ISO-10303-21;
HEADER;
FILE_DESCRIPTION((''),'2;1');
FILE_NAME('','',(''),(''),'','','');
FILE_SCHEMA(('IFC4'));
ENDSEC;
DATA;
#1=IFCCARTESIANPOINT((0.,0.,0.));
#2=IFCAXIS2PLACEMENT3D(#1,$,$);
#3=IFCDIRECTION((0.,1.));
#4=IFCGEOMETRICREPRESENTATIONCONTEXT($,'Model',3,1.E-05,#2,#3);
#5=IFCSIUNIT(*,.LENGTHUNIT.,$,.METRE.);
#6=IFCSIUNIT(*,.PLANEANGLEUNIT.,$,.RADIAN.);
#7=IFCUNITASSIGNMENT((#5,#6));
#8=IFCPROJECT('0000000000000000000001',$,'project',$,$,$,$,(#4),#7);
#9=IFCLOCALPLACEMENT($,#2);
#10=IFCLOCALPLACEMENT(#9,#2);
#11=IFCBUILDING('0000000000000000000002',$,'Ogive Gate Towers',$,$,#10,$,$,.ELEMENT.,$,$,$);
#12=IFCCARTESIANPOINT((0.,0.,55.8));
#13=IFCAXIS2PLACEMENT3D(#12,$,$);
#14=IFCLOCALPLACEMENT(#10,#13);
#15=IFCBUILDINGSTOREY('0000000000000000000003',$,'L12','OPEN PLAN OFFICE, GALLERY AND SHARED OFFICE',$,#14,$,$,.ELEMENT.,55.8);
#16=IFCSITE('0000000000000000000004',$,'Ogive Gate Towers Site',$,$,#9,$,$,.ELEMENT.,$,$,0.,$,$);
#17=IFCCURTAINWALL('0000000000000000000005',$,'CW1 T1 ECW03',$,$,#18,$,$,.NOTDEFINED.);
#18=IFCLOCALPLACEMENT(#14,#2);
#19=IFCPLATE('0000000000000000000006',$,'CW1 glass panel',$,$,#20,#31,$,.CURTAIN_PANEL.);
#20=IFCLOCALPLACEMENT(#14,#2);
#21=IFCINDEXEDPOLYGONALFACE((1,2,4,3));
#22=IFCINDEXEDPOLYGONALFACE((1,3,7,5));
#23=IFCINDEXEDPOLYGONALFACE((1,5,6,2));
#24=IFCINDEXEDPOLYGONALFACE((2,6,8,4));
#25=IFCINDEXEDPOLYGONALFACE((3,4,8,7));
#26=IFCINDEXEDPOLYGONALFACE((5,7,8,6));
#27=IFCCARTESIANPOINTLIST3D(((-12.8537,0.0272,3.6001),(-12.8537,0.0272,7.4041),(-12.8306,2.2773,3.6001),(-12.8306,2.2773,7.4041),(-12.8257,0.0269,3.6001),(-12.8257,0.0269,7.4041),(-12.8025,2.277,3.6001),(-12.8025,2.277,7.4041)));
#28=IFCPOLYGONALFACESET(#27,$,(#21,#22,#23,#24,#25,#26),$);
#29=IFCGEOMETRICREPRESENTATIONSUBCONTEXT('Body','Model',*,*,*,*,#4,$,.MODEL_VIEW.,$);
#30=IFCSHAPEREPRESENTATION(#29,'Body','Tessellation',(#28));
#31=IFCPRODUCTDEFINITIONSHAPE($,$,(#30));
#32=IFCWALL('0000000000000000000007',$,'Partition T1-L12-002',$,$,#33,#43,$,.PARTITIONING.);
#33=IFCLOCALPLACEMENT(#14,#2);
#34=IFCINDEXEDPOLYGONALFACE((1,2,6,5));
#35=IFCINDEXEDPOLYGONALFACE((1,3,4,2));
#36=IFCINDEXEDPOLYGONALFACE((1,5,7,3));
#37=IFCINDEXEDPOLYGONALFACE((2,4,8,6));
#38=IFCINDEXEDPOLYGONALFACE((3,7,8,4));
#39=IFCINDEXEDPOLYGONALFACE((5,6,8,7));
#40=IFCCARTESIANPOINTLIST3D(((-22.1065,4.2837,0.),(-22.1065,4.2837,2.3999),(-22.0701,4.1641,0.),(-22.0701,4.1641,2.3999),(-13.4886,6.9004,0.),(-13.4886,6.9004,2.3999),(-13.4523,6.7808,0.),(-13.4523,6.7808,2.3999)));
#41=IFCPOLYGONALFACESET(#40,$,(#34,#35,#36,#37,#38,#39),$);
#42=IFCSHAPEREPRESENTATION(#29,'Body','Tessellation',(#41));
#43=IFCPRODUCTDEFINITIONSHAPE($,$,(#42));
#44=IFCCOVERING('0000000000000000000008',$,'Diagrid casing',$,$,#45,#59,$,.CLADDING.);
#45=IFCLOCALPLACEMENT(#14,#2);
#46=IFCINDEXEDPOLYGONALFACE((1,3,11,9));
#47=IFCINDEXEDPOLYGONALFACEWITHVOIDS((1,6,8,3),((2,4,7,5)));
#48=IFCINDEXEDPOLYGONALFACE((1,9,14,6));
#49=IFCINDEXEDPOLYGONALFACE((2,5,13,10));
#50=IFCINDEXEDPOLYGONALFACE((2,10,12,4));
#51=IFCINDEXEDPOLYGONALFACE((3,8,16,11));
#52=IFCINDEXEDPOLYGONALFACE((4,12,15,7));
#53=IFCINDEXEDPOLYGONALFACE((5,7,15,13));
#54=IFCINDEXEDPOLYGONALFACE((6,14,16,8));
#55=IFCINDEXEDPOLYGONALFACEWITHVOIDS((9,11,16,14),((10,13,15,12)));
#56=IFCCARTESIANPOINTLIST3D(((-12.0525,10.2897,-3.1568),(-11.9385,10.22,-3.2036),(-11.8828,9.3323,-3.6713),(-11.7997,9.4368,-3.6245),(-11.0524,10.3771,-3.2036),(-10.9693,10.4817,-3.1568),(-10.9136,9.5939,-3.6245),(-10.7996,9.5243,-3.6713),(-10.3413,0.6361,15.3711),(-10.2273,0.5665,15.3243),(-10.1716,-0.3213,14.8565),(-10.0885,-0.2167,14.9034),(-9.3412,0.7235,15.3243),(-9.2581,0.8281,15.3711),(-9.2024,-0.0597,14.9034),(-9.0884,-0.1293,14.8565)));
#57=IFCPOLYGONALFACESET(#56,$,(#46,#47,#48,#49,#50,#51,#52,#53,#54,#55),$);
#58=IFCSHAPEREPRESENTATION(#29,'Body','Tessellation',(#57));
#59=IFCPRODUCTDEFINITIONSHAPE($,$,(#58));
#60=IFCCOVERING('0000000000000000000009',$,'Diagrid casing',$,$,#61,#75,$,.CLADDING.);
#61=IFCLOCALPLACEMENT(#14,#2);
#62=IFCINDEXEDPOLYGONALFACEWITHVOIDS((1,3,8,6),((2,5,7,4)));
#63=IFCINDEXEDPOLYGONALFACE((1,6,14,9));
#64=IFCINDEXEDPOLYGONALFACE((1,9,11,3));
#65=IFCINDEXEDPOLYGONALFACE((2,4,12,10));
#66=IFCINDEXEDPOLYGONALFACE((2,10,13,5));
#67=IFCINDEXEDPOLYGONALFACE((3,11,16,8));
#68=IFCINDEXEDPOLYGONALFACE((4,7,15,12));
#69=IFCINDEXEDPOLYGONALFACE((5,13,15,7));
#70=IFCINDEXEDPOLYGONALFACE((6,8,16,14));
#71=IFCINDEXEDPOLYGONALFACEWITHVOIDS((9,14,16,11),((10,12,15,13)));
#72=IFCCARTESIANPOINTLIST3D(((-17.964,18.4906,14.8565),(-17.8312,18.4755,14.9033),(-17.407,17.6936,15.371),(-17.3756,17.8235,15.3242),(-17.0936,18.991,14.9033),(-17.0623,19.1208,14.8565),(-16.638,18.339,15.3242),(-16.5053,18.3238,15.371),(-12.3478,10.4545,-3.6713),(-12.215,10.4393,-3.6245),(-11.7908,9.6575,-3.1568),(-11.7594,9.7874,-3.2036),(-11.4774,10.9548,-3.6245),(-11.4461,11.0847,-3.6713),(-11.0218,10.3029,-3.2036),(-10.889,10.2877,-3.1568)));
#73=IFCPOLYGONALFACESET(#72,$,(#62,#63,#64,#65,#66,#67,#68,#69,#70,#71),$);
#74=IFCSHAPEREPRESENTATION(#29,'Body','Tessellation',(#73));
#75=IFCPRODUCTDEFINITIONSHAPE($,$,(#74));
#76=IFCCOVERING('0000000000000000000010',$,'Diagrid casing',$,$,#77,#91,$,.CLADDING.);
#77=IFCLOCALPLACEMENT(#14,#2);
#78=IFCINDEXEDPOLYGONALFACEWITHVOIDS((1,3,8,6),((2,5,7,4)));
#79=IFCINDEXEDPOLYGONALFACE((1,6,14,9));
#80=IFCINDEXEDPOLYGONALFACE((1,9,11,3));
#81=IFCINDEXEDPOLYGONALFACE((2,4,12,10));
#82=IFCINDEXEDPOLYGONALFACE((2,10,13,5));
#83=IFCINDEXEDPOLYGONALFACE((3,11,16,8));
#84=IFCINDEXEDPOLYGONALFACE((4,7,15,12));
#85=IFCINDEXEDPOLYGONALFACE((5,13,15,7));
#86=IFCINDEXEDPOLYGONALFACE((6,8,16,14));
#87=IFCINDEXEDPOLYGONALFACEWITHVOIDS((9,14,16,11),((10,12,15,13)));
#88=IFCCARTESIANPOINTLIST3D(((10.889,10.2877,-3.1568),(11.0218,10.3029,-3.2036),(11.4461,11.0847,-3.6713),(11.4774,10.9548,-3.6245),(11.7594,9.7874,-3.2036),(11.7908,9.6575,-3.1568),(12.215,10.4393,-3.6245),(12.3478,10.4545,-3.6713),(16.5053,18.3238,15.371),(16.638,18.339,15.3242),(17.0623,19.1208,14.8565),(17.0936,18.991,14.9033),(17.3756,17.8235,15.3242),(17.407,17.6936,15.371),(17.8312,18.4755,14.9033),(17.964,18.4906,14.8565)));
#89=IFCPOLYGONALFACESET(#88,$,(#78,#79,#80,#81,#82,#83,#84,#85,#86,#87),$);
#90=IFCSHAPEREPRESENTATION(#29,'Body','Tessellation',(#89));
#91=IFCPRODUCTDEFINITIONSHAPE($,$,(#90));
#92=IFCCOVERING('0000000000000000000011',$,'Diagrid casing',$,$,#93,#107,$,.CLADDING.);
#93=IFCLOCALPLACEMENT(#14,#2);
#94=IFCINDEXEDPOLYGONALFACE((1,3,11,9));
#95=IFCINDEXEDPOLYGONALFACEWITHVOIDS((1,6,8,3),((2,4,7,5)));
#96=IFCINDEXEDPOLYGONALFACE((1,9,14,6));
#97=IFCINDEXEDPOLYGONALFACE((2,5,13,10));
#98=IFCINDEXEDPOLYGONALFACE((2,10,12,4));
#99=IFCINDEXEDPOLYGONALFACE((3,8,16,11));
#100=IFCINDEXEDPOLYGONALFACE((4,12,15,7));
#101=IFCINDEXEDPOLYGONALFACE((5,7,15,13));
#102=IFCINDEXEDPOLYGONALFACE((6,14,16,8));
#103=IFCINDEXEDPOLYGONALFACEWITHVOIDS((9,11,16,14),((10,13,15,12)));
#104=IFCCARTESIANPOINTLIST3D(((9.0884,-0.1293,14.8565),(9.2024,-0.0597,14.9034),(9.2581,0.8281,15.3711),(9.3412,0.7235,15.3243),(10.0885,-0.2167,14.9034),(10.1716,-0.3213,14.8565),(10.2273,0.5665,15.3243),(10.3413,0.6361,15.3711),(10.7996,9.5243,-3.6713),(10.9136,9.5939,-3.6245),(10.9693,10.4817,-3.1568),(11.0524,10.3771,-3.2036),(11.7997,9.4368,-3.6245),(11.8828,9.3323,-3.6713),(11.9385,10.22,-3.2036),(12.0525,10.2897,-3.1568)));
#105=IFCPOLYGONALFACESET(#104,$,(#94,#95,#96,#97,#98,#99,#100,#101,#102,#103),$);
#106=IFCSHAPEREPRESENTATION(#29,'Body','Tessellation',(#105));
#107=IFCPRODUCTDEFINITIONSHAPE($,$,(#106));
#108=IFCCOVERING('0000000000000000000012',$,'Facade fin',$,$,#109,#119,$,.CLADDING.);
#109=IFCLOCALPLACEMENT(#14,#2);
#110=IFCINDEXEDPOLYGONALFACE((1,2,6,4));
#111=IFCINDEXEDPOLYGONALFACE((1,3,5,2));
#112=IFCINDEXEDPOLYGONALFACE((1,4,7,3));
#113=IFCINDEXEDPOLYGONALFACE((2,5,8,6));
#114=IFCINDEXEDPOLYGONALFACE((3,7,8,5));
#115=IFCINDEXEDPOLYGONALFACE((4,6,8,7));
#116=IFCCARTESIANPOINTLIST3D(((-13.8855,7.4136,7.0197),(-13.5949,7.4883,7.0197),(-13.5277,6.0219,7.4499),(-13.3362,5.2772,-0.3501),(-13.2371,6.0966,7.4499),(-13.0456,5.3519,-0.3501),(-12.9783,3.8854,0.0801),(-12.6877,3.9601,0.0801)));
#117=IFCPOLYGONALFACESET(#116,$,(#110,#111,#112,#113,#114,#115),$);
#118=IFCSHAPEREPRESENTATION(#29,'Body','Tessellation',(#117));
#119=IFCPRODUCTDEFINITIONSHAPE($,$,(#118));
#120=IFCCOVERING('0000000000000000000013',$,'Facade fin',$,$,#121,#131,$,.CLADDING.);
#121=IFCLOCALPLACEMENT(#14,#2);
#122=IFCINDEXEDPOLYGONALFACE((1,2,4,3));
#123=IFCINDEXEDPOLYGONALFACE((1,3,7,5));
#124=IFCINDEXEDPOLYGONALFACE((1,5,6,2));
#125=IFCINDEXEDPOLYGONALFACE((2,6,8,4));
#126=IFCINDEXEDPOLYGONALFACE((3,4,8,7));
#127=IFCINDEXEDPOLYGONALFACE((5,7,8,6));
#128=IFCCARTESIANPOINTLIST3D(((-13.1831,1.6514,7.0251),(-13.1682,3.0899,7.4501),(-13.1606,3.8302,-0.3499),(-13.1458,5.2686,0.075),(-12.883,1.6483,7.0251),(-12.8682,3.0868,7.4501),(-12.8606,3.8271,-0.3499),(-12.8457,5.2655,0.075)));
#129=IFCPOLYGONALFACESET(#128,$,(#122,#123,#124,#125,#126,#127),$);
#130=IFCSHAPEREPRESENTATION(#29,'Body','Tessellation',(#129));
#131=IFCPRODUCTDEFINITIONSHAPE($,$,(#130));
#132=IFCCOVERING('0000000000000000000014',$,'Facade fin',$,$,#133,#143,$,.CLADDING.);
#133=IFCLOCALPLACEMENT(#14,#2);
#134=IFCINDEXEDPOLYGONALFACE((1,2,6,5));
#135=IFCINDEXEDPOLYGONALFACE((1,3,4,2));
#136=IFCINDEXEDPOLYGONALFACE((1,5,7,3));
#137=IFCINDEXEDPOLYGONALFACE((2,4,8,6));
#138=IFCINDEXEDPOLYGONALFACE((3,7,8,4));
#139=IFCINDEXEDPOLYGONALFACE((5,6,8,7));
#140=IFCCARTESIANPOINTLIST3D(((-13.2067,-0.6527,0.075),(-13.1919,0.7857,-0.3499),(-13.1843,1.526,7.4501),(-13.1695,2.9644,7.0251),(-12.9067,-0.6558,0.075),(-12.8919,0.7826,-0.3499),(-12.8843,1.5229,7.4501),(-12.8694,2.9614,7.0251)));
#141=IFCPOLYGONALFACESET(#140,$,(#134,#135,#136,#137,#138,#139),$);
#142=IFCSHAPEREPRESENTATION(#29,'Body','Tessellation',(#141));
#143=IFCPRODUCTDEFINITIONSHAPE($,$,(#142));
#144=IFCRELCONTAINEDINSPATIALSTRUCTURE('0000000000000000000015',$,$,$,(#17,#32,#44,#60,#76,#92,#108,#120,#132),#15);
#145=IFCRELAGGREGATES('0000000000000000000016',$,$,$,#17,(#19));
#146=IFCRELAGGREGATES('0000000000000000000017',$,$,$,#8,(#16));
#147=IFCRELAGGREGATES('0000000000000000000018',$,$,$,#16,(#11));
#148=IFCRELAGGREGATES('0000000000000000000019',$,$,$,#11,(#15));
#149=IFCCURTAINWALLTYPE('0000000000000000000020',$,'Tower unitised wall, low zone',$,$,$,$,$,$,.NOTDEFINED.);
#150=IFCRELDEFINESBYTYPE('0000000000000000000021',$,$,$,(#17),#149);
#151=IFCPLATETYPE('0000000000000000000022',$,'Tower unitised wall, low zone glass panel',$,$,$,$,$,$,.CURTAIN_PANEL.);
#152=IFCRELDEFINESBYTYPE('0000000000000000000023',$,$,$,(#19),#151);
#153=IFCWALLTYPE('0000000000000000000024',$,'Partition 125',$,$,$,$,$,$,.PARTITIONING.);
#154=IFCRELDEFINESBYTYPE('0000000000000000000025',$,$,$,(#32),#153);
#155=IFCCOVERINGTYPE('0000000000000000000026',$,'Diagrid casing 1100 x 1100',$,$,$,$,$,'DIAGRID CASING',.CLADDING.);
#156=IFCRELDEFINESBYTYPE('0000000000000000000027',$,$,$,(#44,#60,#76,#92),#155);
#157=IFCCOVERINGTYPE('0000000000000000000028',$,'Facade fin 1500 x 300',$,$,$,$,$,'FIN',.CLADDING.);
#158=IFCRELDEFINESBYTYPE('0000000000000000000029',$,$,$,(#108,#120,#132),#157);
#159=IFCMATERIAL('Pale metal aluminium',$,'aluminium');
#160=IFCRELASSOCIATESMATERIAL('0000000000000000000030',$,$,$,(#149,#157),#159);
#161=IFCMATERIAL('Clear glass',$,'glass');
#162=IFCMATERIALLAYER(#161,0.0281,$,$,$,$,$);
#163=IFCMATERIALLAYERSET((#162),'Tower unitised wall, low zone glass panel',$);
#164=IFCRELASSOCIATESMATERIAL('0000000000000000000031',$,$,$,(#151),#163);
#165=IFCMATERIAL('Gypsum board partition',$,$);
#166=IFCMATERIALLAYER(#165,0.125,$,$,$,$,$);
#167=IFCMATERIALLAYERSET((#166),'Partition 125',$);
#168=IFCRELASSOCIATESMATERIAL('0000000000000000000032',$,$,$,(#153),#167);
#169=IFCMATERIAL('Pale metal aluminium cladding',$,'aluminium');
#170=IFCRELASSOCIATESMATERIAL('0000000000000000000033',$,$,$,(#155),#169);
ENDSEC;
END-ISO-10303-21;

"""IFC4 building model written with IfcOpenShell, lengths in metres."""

from ifc_helpers import new_model, si_unit, direction, frame, frame_2d, origin, origin_2d, place, context, subcontext, project, spatial, rectangle, hollow_rectangle, extrude, material, layer, layer_set, material_profile, profile_set, type_object, element, aggregate, save


model = new_model("IFC4")

# Units and contexts
model_context = context("Model", 3, precision=1e-05, world=origin(), true_north=direction((0.0, 1.0)))
body_context = subcontext(model_context, "Body", "Model", "MODEL_VIEW")
ifc_project = project(units=[si_unit("LENGTHUNIT", "METRE"), si_unit("PLANEANGLEUNIT", "RADIAN")], contexts=[model_context])

# Site, building, storey
site_placement = place(None, origin())
site = spatial("IfcSite", under=ifc_project, at=site_placement, Name="Ogive Gate Towers Site", CompositionType="ELEMENT", RefElevation=0.0)
building_placement = place(site_placement, origin())
building = spatial("IfcBuilding", under=site, at=building_placement, Name="Ogive Gate Towers", CompositionType="ELEMENT")
storey_placement = place(building_placement, frame((0.0, 0.0, 55.8)))
storey = spatial("IfcBuildingStorey", under=building, at=storey_placement, Name="L12", Description="OPEN PLAN OFFICE, GALLERY AND SHARED OFFICE", CompositionType="ELEMENT", Elevation=55.8)

# Curtain wall
ifc_material_1 = material(Name="Pale metal aluminium", Category="aluminium")
curtain_wall_type = type_object("IfcCurtainWallType", Name="Tower unitised wall, low zone", PredefinedType="NOTDEFINED", material=ifc_material_1)
curtain_wall_placement = place(storey_placement, origin())
curtain_wall = element("IfcCurtainWall", 1, at=curtain_wall_placement, inside=storey, type_object=curtain_wall_type, Name="CW1 T1 ECW03", PredefinedType="NOTDEFINED")

# Plate
ifc_material_2 = material(Name="Clear glass", Category="glass")
ifc_layer_1 = layer(ifc_material_2, 0.0281)
ifc_layer_set_1 = layer_set([ifc_layer_1], Name="Tower unitised wall, low zone glass panel")
plate_type = type_object("IfcPlateType", Name="Tower unitised wall, low zone glass panel", PredefinedType="CURTAIN_PANEL", material=ifc_layer_set_1)
plate_1_placement = place(storey_placement, frame((-12.8281, 1.1521, 3.6001), z_axis=(0.0, 0.0, 1.0), x_axis=(-0.01028, -0.999947, 0.0)))
plate_1 = element("IfcPlate", 2, at=plate_1_placement, type_object=plate_type, Name="CW1 glass panel", PredefinedType="CURTAIN_PANEL", context=body_context, shape_type="SweptSolid", body=[
    extrude(rectangle(XDim=2.2502, YDim=0.0281, at=origin_2d()), origin(), (0.0, 0.0, 1.0), 3.804),
])
aggregate(curtain_wall, [plate_1])

# Wall
ifc_material_3 = material(Name="Gypsum board partition")
ifc_layer_2 = layer(ifc_material_3, 0.125)
ifc_layer_set_2 = layer_set([ifc_layer_2], Name="Partition 125")
wall_type = type_object("IfcWallType", Name="Partition 125", PredefinedType="PARTITIONING", material=ifc_layer_set_2)
wall_placement = place(storey_placement, frame((-13.4705, 6.8406, 0.0), z_axis=(0.0, 0.0, 1.0), x_axis=(-0.956864, -0.290537, 0.0)))
element("IfcWall", 3, at=wall_placement, inside=storey, type_object=wall_type, Name="Partition T1-L12-002", PredefinedType="PARTITIONING", context=body_context, shape_type="SweptSolid", body=[
    extrude(rectangle(XDim=9.0063, YDim=0.125, at=frame_2d((4.5032, 0.0))), origin(), (0.0, 0.0, 1.0), 2.3999),
])

# Coverings
ifc_material_4 = material(Name="Pale metal aluminium cladding", Category="aluminium")
ifc_material_profile_1 = material_profile(ifc_material_4, hollow_rectangle(XDim=1.1001, YDim=1.1001, WallThickness=0.1001, at=origin_2d()), Name="1100 x 1100 pale metal casing")
ifc_profile_set_1 = profile_set([ifc_material_profile_1], Name="Pale metal aluminium cladding")
covering_type_1 = type_object("IfcCoveringType", Name="Diagrid casing 1100 x 1100", ElementType="DIAGRID CASING", PredefinedType="CLADDING", material=ifc_profile_set_1)
for number, where, z_axis, x_axis, name in (
    (4, (-11.426, 9.907, -3.4141), (0.081633, -0.46053, 0.883883), (0.98465, 0.174538, 0.0), "Diagrid casing"),
    (5, (-11.6184, 10.3711, -3.4141), (-0.267925, 0.383368, 0.883881), (-0.819667, -0.57284, 0.0), "Diagrid casing"),
    (6, (11.6184, 10.3711, -3.4141), (0.267925, 0.383368, 0.883881), (-0.819667, 0.57284, 0.0), "Diagrid casing"),
    (7, (11.426, 9.907, -3.4141), (-0.081633, -0.46053, 0.883883), (0.98465, -0.174538, 0.0), "Diagrid casing"),
):
    element("IfcCovering", number, at=place(storey_placement, frame(where, z_axis=z_axis, x_axis=x_axis)), inside=storey, type_object=covering_type_1, Name=name, PredefinedType="CLADDING", context=body_context, shape_type="SweptSolid", body=[
        extrude(hollow_rectangle(XDim=1.1001, YDim=1.1001, WallThickness=0.1001, at=origin_2d()), origin(), (0.0, 0.0, 1.0), 20.9619),
    ])
ifc_material_profile_2 = material_profile(ifc_material_1, rectangle(XDim=0.3, YDim=1.5, at=origin_2d()), Name="1500 x 300 pale metal aluminium")
ifc_profile_set_2 = profile_set([ifc_material_profile_2], Name="Pale metal aluminium")
covering_type_2 = type_object("IfcCoveringType", Name="Facade fin 1500 x 300", ElementType="FIN", PredefinedType="CLADDING", material=ifc_profile_set_2)
covering_placement = place(storey_placement, frame((-13.012, 4.6187, -0.135), z_axis=(-0.071405, 0.277719, 0.958005), x_axis=(-0.9685, -0.249014, 0.0)))
element("IfcCovering", 8, at=covering_placement, inside=storey, type_object=covering_type_2, Name="Facade fin", PredefinedType="CLADDING", context=body_context, shape_type="SweptSolid", body=[
    extrude(rectangle(XDim=0.3, YDim=1.5, at=origin_2d()), origin(), (0.0, 0.0, 1.0), 7.6929),
])
for number, where, z_axis, x_axis, name in (
    (9, (-13.0032, 4.5479, -0.1375), (-0.002921, -0.283313, 0.959023), (0.999947, -0.010309, 0.0), "Facade fin"),
    (10, (-13.0493, 0.0649, -0.1375), (0.002921, 0.283313, 0.959023), (-0.999947, 0.010309, 0.0), "Facade fin"),
):
    element("IfcCovering", number, at=place(storey_placement, frame(where, z_axis=z_axis, x_axis=x_axis)), inside=storey, type_object=covering_type_2, Name=name, PredefinedType="CLADDING", context=body_context, shape_type="SweptSolid", body=[
        extrude(rectangle(XDim=0.3, YDim=1.5, at=origin_2d()), origin(), (0.0, 0.0, 1.0), 7.6902),
    ])

save(model, "model.ifc")
